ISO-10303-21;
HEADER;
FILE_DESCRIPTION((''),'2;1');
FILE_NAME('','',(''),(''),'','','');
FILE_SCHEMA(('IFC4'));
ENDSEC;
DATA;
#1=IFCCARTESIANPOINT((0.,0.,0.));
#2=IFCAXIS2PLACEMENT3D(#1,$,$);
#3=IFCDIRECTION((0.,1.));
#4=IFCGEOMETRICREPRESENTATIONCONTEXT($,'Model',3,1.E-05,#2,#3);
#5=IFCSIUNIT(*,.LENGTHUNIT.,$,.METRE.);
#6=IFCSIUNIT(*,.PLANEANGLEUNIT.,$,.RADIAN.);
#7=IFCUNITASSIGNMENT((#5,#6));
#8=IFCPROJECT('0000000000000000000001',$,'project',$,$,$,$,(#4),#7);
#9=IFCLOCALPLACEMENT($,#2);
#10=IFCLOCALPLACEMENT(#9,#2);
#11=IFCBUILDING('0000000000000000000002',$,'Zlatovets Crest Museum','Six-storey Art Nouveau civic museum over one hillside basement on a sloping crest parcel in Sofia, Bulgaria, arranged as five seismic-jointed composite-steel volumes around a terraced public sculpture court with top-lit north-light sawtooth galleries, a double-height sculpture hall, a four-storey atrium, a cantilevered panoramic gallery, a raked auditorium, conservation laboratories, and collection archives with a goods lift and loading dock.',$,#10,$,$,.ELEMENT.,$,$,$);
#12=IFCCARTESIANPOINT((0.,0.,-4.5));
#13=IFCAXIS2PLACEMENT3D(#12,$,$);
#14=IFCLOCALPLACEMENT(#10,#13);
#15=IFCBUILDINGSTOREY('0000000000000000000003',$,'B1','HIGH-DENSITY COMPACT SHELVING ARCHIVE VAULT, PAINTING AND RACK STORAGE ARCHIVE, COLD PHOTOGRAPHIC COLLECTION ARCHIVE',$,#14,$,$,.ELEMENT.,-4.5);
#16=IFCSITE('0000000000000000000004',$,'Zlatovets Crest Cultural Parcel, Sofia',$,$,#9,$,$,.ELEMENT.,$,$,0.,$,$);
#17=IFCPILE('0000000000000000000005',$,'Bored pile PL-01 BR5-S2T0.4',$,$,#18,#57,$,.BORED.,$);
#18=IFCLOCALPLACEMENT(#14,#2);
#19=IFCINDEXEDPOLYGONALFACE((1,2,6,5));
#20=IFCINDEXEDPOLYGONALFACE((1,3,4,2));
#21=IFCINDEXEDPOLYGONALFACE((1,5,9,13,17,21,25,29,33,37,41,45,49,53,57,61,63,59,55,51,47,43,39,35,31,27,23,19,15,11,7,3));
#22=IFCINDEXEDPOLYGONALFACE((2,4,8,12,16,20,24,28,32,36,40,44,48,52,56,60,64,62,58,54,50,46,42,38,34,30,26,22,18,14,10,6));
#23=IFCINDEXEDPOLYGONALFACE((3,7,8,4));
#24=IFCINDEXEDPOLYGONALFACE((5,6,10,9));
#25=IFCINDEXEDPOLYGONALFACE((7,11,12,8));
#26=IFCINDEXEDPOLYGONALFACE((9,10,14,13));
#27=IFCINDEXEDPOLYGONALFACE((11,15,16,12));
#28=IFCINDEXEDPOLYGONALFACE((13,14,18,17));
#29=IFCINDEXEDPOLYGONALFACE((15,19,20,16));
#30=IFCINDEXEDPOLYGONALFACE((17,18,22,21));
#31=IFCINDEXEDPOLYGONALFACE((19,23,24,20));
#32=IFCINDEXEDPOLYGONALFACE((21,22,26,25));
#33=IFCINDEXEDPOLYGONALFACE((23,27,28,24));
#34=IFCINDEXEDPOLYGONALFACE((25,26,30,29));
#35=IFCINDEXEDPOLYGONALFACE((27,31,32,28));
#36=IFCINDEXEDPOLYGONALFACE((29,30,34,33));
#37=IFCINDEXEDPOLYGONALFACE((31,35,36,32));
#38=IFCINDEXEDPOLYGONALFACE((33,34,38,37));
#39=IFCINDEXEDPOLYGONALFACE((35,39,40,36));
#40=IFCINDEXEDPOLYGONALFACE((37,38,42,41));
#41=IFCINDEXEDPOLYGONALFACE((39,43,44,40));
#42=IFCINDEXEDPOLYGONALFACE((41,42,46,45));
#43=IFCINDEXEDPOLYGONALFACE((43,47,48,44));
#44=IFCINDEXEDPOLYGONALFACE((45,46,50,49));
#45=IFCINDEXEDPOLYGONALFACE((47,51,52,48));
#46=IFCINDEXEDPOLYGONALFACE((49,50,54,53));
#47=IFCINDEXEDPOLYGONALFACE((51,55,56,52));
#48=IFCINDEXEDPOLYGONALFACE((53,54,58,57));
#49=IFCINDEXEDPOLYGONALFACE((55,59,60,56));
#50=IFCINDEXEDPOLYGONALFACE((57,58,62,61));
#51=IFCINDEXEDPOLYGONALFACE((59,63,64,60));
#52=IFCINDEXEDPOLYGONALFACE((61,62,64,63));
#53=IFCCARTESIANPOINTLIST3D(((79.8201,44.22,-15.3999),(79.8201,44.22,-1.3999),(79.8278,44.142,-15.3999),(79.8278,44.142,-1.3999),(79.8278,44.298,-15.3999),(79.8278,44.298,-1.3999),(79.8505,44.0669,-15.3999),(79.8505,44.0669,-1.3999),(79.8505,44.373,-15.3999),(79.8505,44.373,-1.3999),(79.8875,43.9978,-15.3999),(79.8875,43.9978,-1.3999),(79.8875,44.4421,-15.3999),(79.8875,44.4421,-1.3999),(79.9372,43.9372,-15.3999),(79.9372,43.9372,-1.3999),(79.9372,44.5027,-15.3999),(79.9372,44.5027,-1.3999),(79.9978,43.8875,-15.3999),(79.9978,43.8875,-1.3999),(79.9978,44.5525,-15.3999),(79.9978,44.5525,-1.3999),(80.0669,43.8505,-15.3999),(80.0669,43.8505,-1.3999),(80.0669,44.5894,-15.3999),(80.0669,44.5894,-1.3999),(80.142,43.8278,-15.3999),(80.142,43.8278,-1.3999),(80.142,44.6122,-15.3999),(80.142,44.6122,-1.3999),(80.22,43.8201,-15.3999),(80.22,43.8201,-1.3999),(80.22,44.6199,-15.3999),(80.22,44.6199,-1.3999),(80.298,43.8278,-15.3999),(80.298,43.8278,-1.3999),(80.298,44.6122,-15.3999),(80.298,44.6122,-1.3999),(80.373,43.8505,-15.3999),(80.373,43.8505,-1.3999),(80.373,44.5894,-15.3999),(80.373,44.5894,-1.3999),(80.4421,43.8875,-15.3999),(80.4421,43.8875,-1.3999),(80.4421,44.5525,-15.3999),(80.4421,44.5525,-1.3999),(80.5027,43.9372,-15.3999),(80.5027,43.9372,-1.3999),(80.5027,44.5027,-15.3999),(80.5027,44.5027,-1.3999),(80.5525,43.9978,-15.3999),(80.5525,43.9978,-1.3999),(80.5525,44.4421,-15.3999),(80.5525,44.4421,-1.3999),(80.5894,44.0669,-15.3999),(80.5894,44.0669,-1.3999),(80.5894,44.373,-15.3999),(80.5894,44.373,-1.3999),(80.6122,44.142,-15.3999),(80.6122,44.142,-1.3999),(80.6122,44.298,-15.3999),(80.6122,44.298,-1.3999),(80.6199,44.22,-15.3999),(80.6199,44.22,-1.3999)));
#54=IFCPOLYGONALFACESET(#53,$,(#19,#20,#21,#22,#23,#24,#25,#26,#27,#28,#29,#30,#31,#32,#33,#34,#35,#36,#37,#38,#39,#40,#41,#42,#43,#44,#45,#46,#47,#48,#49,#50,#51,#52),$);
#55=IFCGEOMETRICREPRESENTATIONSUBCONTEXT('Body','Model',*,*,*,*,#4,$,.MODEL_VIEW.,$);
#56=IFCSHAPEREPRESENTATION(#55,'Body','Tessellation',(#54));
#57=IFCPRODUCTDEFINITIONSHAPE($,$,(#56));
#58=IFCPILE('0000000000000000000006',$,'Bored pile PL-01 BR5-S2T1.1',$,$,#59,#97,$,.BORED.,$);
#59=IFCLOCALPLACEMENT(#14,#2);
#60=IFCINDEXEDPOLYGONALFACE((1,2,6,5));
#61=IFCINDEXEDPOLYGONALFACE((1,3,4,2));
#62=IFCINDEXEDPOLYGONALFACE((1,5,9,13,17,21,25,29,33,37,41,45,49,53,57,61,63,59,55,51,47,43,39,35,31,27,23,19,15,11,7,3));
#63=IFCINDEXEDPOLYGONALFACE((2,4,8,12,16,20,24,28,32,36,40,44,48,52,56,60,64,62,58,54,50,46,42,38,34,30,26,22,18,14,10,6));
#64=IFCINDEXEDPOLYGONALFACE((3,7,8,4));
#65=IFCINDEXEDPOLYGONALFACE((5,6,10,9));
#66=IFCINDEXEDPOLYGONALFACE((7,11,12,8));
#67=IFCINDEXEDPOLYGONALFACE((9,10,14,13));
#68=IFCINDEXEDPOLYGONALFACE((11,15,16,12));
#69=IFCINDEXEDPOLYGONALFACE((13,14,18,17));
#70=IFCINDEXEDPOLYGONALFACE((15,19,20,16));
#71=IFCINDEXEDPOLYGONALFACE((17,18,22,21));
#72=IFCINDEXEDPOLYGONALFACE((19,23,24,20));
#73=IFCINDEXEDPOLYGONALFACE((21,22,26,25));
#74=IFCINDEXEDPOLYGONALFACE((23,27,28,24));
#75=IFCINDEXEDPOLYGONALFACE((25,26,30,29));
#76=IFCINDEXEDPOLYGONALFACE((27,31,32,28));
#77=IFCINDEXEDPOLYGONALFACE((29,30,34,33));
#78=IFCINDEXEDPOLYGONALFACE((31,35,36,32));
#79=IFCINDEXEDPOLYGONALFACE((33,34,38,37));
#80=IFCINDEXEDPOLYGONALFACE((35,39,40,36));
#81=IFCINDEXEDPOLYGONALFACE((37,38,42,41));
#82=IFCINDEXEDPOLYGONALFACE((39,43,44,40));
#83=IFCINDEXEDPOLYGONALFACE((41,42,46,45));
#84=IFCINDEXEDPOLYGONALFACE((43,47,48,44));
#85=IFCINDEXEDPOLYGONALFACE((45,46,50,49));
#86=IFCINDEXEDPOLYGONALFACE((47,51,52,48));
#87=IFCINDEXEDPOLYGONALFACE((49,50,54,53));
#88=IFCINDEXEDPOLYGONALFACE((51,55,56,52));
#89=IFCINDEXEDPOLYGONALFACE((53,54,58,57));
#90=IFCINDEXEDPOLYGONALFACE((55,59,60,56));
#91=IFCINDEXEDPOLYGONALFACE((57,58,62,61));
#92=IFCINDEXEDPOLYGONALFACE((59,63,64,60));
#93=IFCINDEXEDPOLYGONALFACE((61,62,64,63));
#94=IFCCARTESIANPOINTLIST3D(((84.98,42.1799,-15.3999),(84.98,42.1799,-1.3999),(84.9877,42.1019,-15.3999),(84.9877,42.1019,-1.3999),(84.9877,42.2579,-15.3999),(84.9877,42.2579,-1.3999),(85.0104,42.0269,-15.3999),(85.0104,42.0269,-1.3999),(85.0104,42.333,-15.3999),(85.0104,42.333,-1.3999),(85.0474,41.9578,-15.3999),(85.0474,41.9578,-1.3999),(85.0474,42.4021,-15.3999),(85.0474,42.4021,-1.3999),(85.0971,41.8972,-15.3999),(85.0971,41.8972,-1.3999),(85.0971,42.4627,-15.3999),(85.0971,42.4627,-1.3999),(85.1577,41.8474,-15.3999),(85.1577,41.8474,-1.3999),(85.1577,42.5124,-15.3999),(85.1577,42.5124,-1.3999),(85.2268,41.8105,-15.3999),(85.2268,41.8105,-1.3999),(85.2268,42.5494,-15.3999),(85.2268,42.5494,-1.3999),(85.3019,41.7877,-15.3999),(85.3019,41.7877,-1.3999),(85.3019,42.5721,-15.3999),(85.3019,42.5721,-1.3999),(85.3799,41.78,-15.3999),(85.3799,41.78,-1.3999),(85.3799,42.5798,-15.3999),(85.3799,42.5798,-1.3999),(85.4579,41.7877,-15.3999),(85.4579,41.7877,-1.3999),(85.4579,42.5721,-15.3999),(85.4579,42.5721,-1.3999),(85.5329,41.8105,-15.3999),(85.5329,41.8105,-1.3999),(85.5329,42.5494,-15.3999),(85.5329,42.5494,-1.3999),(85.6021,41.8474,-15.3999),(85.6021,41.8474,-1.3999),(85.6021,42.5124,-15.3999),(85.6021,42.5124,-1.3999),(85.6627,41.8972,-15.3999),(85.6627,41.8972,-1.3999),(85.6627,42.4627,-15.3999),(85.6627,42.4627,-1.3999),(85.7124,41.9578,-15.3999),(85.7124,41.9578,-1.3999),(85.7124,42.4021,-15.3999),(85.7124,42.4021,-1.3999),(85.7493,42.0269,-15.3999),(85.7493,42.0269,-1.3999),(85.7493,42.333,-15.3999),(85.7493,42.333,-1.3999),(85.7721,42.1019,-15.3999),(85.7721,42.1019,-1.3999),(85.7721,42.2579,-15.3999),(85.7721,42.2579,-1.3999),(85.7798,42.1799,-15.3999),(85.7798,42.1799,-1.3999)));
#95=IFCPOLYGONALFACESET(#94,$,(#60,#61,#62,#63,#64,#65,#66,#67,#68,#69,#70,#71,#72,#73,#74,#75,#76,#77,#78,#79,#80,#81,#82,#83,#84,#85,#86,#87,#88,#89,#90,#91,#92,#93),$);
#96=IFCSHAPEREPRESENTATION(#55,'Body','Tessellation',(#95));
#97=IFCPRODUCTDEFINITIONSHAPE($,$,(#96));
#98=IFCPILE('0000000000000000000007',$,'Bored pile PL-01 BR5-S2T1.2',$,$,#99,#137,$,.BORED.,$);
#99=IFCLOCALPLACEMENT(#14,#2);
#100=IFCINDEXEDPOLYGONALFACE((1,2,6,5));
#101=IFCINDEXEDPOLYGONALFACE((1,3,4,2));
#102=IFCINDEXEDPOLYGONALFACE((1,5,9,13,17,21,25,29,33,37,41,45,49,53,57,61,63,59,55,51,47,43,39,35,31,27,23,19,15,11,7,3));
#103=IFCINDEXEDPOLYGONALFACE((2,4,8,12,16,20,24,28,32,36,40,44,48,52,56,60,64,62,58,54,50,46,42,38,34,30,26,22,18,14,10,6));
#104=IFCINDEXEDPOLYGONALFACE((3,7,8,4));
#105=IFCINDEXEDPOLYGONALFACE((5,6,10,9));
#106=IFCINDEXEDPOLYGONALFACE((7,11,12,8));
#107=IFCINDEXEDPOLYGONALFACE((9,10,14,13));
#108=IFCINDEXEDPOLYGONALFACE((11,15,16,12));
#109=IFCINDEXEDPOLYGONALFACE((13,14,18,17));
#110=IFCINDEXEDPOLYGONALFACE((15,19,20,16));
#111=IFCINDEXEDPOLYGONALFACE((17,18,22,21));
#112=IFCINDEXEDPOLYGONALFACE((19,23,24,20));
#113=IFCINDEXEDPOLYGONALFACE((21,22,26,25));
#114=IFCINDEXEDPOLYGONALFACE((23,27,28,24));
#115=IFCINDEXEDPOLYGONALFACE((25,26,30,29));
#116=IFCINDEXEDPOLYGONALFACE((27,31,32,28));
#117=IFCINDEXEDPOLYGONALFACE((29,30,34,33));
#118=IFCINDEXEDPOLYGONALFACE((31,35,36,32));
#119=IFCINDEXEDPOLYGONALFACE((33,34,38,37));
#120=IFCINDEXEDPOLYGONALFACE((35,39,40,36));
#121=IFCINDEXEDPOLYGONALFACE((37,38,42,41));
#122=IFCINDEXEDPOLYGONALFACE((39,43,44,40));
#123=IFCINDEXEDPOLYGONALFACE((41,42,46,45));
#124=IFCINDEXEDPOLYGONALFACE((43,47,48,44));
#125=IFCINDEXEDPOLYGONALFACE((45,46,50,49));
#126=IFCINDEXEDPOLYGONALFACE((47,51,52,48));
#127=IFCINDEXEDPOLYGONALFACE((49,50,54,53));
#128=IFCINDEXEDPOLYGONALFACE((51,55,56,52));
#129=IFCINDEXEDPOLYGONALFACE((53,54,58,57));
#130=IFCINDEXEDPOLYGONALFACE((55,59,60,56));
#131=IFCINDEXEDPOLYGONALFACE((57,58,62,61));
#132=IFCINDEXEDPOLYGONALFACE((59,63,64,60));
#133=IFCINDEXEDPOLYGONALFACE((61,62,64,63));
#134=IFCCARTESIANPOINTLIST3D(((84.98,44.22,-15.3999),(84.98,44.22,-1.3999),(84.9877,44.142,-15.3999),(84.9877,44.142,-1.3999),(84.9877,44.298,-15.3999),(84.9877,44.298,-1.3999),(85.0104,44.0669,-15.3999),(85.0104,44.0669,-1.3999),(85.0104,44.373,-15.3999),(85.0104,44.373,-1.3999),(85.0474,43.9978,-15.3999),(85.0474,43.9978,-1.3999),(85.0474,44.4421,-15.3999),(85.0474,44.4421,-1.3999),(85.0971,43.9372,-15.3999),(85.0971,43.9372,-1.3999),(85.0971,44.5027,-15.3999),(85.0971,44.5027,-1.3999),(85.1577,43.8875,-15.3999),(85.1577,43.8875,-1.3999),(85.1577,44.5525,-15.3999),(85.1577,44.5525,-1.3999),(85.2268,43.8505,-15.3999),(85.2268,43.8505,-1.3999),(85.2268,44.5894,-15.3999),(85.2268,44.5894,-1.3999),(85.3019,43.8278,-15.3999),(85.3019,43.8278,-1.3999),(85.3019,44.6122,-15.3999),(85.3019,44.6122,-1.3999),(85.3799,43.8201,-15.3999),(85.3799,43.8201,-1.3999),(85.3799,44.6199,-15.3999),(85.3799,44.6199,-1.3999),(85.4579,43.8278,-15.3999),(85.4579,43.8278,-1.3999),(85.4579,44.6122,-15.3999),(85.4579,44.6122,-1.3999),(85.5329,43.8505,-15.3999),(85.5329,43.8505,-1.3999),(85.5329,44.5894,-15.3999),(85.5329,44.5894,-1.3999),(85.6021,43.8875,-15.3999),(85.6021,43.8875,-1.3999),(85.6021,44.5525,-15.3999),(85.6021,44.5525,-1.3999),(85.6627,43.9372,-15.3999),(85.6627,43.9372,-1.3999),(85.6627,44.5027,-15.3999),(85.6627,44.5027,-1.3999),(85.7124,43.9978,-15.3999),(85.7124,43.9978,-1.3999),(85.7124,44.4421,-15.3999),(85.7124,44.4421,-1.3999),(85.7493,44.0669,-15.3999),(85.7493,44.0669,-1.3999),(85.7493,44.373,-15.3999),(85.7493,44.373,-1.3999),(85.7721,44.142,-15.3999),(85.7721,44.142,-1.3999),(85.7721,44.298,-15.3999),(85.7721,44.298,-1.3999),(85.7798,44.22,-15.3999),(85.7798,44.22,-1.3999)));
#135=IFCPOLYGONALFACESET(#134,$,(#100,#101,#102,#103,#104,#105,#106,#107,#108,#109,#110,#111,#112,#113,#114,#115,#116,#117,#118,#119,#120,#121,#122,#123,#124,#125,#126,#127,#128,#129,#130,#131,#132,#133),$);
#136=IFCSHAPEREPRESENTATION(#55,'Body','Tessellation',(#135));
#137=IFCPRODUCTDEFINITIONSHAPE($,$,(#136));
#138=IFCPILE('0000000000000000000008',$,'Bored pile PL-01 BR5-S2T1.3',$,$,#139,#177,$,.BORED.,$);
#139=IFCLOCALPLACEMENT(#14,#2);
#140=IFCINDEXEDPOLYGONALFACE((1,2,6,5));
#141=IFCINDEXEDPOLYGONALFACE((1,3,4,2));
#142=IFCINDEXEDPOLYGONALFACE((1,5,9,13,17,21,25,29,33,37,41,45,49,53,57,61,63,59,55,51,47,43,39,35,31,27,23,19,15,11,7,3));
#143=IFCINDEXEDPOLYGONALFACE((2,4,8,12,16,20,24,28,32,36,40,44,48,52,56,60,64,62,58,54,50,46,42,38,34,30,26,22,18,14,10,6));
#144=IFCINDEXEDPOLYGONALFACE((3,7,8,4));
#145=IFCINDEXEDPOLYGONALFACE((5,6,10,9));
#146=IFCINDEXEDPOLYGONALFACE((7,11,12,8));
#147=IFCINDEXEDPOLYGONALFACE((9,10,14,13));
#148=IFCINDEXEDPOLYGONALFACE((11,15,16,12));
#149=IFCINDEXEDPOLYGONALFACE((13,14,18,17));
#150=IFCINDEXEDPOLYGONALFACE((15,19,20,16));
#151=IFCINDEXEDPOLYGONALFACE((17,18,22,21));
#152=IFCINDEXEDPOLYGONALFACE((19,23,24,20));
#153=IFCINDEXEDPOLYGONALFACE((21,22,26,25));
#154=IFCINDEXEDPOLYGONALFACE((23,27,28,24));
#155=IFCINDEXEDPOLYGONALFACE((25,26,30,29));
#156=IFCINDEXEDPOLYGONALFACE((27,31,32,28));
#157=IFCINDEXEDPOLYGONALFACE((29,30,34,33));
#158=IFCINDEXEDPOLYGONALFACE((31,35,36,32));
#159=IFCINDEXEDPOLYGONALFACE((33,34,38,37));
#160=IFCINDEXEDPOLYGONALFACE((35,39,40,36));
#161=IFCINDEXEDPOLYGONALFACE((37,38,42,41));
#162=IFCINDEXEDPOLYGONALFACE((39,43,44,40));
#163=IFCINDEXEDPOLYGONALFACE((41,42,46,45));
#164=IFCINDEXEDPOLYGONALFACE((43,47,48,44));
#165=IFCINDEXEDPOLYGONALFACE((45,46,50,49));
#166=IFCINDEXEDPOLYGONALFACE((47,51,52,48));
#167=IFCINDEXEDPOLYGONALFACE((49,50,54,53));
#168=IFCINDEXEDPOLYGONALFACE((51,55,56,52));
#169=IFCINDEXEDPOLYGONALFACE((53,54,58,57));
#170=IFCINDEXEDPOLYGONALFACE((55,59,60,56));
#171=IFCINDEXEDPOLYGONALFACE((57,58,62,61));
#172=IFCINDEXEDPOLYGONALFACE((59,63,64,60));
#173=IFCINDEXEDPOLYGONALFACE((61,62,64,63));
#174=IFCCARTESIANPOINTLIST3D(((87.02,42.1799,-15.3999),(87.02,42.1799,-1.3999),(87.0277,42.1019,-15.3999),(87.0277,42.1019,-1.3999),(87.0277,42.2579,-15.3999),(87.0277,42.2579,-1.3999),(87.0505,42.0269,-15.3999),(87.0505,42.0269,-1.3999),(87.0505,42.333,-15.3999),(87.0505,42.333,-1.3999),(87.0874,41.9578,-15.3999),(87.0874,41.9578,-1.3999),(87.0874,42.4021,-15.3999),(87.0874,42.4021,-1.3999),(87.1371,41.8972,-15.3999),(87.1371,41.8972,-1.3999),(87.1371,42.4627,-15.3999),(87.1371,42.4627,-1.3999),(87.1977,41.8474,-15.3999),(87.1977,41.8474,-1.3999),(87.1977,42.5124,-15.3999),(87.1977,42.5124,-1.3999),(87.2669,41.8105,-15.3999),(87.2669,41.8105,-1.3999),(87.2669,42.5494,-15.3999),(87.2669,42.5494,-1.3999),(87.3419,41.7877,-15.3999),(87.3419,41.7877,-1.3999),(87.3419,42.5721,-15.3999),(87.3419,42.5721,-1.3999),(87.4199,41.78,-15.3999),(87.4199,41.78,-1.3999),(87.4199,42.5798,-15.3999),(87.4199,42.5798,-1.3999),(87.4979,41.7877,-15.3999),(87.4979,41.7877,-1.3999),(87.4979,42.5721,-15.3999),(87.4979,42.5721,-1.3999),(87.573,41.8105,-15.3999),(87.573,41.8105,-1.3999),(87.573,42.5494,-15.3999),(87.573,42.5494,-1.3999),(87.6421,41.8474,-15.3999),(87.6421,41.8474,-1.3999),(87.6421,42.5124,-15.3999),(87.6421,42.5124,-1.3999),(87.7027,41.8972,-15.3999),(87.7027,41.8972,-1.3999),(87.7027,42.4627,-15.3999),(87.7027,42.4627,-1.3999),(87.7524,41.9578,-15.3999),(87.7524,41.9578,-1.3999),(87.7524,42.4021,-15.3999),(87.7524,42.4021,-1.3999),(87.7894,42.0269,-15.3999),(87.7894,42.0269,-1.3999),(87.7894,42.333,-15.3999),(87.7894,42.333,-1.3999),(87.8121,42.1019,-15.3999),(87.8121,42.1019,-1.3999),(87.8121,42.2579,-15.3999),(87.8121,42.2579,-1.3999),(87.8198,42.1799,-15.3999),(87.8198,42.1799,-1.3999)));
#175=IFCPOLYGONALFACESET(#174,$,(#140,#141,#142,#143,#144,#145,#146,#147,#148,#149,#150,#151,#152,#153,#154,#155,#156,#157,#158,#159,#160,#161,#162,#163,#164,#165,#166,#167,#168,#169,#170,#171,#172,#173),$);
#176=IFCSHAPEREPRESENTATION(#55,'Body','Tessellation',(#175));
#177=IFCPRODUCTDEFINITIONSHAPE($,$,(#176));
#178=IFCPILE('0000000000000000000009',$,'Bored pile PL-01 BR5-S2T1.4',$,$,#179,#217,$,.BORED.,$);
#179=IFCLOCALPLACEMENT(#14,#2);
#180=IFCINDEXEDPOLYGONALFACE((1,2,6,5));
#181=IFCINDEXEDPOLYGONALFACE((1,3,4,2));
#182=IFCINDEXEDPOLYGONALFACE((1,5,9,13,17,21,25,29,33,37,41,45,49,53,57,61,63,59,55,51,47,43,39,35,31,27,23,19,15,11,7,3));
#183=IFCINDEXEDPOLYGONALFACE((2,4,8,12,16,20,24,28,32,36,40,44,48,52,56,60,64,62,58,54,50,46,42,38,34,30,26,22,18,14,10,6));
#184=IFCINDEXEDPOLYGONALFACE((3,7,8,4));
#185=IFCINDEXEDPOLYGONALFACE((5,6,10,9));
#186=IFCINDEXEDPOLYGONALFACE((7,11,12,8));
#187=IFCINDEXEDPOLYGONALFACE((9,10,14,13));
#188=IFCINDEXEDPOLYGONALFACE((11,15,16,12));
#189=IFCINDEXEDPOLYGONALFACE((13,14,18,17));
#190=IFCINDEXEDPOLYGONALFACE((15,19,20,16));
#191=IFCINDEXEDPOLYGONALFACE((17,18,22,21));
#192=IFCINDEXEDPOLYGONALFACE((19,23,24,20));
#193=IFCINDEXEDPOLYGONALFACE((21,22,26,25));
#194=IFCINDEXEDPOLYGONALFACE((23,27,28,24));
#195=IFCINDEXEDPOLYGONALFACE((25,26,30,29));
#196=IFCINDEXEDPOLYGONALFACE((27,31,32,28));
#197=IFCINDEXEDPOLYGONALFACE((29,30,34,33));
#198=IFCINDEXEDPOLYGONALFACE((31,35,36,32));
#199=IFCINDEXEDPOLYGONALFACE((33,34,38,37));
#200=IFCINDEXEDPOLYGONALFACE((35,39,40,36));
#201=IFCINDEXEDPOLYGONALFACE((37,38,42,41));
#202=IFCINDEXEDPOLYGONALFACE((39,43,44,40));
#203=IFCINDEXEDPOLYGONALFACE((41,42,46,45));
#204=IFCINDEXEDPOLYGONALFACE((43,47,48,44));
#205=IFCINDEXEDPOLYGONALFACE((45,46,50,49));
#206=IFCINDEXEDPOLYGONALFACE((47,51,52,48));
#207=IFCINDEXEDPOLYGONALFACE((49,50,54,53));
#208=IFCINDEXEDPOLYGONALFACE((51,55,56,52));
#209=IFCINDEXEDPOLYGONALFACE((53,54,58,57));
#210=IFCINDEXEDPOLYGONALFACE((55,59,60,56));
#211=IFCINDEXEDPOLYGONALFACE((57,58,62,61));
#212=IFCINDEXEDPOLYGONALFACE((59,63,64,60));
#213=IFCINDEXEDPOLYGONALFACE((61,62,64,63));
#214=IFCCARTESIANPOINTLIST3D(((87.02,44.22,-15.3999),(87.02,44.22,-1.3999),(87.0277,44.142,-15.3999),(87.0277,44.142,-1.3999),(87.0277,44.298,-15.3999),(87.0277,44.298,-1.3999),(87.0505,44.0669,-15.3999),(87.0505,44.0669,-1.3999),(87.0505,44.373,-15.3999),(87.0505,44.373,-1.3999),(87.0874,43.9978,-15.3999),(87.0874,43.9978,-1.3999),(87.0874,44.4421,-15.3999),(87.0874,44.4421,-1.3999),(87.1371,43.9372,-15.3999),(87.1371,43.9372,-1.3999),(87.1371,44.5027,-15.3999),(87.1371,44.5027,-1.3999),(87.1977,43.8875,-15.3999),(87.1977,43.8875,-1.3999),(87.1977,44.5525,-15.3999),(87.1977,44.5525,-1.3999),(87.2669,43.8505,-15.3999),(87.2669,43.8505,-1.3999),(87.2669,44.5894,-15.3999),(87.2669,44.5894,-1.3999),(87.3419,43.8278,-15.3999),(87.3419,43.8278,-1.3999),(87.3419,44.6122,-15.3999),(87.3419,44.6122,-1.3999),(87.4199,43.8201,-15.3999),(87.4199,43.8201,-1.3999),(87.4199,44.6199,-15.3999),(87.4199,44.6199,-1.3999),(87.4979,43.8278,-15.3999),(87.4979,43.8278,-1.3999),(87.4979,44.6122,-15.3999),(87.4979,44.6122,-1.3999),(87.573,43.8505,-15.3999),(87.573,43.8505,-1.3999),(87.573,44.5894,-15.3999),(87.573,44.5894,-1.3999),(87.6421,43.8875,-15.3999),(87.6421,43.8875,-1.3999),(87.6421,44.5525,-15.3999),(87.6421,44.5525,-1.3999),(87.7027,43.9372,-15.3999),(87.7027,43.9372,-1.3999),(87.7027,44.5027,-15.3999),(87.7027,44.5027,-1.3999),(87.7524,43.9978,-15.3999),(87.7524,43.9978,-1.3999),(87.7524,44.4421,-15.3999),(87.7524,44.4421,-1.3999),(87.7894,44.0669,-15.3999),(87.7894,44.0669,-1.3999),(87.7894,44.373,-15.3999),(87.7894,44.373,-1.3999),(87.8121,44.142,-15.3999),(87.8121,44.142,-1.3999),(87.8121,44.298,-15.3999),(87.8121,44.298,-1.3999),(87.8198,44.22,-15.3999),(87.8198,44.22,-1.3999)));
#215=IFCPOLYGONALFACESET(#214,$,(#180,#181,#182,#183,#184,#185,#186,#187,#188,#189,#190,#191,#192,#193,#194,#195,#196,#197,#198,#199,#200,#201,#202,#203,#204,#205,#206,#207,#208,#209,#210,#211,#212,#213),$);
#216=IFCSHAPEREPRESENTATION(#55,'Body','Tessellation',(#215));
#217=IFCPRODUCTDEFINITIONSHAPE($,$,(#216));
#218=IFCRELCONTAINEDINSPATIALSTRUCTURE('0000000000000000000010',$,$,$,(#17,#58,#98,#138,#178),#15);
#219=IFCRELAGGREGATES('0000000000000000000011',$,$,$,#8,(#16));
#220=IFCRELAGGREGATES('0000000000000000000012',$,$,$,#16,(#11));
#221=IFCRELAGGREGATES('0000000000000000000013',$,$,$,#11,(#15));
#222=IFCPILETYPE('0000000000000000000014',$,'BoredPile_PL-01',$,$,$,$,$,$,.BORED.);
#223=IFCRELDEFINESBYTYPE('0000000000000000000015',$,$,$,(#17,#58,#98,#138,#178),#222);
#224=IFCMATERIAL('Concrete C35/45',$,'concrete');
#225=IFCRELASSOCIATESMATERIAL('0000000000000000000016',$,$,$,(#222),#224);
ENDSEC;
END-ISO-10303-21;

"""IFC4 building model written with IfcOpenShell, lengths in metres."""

from ifc_helpers import new_model, si_unit, direction, frame, origin, origin_2d, place, context, subcontext, project, spatial, circle, extrude, material, material_profile, profile_set, type_object, element, save


model = new_model("IFC4")

# Units and contexts
model_context = context("Model", 3, precision=1e-05, world=origin(), true_north=direction((0.0, 1.0)))
body_context = subcontext(model_context, "Body", "Model", "MODEL_VIEW")
ifc_project = project(units=[si_unit("LENGTHUNIT", "METRE"), si_unit("PLANEANGLEUNIT", "RADIAN")], contexts=[model_context])

# Site, building, storey
site_placement = place(None, origin())
site = spatial("IfcSite", under=ifc_project, at=site_placement, Name="Zlatovets Crest Cultural Parcel, Sofia", CompositionType="ELEMENT", RefElevation=0.0)
building_placement = place(site_placement, origin())
building = spatial("IfcBuilding", under=site, at=building_placement, Name="Zlatovets Crest Museum", Description="Six-storey Art Nouveau civic museum over one hillside basement on a sloping crest parcel in Sofia, Bulgaria, arranged as five seismic-jointed composite-steel volumes around a terraced public sculpture court with top-lit north-light sawtooth galleries, a double-height sculpture hall, a four-storey atrium, a cantilevered panoramic gallery, a raked auditorium, conservation laboratories, and collection archives with a goods lift and loading dock.", CompositionType="ELEMENT")
storey_placement = place(building_placement, frame((0.0, 0.0, -4.5)))
storey = spatial("IfcBuildingStorey", under=building, at=storey_placement, Name="B1", Description="HIGH-DENSITY COMPACT SHELVING ARCHIVE VAULT, PAINTING AND RACK STORAGE ARCHIVE, COLD PHOTOGRAPHIC COLLECTION ARCHIVE", CompositionType="ELEMENT", Elevation=-4.5)

# Piles
ifc_material_1 = material(Name="Concrete C35/45", Category="concrete")
ifc_material_profile_1 = material_profile(ifc_material_1, circle(Radius=0.3999, at=origin_2d()), Name="PILE D800")
ifc_profile_set_1 = profile_set([ifc_material_profile_1], Name="Concrete C35/45")
pile_type_1 = type_object("IfcPileType", Name="BoredPile_PL-01", PredefinedType="BORED", material=ifc_profile_set_1)
for number, where, z_axis, x_axis, name in (
    (1, (80.22, 44.22, -1.3999), (0.0, 0.0, -1.0), (1.0, 0.0, 0.0), "Bored pile PL-01 BR5-S2T0.4"),
    (2, (85.3799, 42.1799, -1.3999), (0.0, 0.0, -1.0), (1.0, 0.0, 0.0), "Bored pile PL-01 BR5-S2T1.1"),
    (3, (85.3799, 44.22, -1.3999), (0.0, 0.0, -1.0), (1.0, 0.0, 0.0), "Bored pile PL-01 BR5-S2T1.2"),
    (4, (87.4199, 42.1799, -1.3999), (0.0, 0.0, -1.0), (1.0, 0.0, 0.0), "Bored pile PL-01 BR5-S2T1.3"),
    (5, (87.4199, 44.22, -1.3999), (0.0, 0.0, -1.0), (1.0, 0.0, 0.0), "Bored pile PL-01 BR5-S2T1.4"),
):
    element("IfcPile", number, at=place(storey_placement, frame(where, z_axis=z_axis, x_axis=x_axis)), inside=storey, type_object=pile_type_1, Name=name, PredefinedType="BORED", context=body_context, shape_type="SweptSolid", body=[
        extrude(circle(Radius=0.3999, at=origin_2d()), origin(), (0.0, 0.0, 1.0), 14.0),
    ])

save(model, "model.ifc")
